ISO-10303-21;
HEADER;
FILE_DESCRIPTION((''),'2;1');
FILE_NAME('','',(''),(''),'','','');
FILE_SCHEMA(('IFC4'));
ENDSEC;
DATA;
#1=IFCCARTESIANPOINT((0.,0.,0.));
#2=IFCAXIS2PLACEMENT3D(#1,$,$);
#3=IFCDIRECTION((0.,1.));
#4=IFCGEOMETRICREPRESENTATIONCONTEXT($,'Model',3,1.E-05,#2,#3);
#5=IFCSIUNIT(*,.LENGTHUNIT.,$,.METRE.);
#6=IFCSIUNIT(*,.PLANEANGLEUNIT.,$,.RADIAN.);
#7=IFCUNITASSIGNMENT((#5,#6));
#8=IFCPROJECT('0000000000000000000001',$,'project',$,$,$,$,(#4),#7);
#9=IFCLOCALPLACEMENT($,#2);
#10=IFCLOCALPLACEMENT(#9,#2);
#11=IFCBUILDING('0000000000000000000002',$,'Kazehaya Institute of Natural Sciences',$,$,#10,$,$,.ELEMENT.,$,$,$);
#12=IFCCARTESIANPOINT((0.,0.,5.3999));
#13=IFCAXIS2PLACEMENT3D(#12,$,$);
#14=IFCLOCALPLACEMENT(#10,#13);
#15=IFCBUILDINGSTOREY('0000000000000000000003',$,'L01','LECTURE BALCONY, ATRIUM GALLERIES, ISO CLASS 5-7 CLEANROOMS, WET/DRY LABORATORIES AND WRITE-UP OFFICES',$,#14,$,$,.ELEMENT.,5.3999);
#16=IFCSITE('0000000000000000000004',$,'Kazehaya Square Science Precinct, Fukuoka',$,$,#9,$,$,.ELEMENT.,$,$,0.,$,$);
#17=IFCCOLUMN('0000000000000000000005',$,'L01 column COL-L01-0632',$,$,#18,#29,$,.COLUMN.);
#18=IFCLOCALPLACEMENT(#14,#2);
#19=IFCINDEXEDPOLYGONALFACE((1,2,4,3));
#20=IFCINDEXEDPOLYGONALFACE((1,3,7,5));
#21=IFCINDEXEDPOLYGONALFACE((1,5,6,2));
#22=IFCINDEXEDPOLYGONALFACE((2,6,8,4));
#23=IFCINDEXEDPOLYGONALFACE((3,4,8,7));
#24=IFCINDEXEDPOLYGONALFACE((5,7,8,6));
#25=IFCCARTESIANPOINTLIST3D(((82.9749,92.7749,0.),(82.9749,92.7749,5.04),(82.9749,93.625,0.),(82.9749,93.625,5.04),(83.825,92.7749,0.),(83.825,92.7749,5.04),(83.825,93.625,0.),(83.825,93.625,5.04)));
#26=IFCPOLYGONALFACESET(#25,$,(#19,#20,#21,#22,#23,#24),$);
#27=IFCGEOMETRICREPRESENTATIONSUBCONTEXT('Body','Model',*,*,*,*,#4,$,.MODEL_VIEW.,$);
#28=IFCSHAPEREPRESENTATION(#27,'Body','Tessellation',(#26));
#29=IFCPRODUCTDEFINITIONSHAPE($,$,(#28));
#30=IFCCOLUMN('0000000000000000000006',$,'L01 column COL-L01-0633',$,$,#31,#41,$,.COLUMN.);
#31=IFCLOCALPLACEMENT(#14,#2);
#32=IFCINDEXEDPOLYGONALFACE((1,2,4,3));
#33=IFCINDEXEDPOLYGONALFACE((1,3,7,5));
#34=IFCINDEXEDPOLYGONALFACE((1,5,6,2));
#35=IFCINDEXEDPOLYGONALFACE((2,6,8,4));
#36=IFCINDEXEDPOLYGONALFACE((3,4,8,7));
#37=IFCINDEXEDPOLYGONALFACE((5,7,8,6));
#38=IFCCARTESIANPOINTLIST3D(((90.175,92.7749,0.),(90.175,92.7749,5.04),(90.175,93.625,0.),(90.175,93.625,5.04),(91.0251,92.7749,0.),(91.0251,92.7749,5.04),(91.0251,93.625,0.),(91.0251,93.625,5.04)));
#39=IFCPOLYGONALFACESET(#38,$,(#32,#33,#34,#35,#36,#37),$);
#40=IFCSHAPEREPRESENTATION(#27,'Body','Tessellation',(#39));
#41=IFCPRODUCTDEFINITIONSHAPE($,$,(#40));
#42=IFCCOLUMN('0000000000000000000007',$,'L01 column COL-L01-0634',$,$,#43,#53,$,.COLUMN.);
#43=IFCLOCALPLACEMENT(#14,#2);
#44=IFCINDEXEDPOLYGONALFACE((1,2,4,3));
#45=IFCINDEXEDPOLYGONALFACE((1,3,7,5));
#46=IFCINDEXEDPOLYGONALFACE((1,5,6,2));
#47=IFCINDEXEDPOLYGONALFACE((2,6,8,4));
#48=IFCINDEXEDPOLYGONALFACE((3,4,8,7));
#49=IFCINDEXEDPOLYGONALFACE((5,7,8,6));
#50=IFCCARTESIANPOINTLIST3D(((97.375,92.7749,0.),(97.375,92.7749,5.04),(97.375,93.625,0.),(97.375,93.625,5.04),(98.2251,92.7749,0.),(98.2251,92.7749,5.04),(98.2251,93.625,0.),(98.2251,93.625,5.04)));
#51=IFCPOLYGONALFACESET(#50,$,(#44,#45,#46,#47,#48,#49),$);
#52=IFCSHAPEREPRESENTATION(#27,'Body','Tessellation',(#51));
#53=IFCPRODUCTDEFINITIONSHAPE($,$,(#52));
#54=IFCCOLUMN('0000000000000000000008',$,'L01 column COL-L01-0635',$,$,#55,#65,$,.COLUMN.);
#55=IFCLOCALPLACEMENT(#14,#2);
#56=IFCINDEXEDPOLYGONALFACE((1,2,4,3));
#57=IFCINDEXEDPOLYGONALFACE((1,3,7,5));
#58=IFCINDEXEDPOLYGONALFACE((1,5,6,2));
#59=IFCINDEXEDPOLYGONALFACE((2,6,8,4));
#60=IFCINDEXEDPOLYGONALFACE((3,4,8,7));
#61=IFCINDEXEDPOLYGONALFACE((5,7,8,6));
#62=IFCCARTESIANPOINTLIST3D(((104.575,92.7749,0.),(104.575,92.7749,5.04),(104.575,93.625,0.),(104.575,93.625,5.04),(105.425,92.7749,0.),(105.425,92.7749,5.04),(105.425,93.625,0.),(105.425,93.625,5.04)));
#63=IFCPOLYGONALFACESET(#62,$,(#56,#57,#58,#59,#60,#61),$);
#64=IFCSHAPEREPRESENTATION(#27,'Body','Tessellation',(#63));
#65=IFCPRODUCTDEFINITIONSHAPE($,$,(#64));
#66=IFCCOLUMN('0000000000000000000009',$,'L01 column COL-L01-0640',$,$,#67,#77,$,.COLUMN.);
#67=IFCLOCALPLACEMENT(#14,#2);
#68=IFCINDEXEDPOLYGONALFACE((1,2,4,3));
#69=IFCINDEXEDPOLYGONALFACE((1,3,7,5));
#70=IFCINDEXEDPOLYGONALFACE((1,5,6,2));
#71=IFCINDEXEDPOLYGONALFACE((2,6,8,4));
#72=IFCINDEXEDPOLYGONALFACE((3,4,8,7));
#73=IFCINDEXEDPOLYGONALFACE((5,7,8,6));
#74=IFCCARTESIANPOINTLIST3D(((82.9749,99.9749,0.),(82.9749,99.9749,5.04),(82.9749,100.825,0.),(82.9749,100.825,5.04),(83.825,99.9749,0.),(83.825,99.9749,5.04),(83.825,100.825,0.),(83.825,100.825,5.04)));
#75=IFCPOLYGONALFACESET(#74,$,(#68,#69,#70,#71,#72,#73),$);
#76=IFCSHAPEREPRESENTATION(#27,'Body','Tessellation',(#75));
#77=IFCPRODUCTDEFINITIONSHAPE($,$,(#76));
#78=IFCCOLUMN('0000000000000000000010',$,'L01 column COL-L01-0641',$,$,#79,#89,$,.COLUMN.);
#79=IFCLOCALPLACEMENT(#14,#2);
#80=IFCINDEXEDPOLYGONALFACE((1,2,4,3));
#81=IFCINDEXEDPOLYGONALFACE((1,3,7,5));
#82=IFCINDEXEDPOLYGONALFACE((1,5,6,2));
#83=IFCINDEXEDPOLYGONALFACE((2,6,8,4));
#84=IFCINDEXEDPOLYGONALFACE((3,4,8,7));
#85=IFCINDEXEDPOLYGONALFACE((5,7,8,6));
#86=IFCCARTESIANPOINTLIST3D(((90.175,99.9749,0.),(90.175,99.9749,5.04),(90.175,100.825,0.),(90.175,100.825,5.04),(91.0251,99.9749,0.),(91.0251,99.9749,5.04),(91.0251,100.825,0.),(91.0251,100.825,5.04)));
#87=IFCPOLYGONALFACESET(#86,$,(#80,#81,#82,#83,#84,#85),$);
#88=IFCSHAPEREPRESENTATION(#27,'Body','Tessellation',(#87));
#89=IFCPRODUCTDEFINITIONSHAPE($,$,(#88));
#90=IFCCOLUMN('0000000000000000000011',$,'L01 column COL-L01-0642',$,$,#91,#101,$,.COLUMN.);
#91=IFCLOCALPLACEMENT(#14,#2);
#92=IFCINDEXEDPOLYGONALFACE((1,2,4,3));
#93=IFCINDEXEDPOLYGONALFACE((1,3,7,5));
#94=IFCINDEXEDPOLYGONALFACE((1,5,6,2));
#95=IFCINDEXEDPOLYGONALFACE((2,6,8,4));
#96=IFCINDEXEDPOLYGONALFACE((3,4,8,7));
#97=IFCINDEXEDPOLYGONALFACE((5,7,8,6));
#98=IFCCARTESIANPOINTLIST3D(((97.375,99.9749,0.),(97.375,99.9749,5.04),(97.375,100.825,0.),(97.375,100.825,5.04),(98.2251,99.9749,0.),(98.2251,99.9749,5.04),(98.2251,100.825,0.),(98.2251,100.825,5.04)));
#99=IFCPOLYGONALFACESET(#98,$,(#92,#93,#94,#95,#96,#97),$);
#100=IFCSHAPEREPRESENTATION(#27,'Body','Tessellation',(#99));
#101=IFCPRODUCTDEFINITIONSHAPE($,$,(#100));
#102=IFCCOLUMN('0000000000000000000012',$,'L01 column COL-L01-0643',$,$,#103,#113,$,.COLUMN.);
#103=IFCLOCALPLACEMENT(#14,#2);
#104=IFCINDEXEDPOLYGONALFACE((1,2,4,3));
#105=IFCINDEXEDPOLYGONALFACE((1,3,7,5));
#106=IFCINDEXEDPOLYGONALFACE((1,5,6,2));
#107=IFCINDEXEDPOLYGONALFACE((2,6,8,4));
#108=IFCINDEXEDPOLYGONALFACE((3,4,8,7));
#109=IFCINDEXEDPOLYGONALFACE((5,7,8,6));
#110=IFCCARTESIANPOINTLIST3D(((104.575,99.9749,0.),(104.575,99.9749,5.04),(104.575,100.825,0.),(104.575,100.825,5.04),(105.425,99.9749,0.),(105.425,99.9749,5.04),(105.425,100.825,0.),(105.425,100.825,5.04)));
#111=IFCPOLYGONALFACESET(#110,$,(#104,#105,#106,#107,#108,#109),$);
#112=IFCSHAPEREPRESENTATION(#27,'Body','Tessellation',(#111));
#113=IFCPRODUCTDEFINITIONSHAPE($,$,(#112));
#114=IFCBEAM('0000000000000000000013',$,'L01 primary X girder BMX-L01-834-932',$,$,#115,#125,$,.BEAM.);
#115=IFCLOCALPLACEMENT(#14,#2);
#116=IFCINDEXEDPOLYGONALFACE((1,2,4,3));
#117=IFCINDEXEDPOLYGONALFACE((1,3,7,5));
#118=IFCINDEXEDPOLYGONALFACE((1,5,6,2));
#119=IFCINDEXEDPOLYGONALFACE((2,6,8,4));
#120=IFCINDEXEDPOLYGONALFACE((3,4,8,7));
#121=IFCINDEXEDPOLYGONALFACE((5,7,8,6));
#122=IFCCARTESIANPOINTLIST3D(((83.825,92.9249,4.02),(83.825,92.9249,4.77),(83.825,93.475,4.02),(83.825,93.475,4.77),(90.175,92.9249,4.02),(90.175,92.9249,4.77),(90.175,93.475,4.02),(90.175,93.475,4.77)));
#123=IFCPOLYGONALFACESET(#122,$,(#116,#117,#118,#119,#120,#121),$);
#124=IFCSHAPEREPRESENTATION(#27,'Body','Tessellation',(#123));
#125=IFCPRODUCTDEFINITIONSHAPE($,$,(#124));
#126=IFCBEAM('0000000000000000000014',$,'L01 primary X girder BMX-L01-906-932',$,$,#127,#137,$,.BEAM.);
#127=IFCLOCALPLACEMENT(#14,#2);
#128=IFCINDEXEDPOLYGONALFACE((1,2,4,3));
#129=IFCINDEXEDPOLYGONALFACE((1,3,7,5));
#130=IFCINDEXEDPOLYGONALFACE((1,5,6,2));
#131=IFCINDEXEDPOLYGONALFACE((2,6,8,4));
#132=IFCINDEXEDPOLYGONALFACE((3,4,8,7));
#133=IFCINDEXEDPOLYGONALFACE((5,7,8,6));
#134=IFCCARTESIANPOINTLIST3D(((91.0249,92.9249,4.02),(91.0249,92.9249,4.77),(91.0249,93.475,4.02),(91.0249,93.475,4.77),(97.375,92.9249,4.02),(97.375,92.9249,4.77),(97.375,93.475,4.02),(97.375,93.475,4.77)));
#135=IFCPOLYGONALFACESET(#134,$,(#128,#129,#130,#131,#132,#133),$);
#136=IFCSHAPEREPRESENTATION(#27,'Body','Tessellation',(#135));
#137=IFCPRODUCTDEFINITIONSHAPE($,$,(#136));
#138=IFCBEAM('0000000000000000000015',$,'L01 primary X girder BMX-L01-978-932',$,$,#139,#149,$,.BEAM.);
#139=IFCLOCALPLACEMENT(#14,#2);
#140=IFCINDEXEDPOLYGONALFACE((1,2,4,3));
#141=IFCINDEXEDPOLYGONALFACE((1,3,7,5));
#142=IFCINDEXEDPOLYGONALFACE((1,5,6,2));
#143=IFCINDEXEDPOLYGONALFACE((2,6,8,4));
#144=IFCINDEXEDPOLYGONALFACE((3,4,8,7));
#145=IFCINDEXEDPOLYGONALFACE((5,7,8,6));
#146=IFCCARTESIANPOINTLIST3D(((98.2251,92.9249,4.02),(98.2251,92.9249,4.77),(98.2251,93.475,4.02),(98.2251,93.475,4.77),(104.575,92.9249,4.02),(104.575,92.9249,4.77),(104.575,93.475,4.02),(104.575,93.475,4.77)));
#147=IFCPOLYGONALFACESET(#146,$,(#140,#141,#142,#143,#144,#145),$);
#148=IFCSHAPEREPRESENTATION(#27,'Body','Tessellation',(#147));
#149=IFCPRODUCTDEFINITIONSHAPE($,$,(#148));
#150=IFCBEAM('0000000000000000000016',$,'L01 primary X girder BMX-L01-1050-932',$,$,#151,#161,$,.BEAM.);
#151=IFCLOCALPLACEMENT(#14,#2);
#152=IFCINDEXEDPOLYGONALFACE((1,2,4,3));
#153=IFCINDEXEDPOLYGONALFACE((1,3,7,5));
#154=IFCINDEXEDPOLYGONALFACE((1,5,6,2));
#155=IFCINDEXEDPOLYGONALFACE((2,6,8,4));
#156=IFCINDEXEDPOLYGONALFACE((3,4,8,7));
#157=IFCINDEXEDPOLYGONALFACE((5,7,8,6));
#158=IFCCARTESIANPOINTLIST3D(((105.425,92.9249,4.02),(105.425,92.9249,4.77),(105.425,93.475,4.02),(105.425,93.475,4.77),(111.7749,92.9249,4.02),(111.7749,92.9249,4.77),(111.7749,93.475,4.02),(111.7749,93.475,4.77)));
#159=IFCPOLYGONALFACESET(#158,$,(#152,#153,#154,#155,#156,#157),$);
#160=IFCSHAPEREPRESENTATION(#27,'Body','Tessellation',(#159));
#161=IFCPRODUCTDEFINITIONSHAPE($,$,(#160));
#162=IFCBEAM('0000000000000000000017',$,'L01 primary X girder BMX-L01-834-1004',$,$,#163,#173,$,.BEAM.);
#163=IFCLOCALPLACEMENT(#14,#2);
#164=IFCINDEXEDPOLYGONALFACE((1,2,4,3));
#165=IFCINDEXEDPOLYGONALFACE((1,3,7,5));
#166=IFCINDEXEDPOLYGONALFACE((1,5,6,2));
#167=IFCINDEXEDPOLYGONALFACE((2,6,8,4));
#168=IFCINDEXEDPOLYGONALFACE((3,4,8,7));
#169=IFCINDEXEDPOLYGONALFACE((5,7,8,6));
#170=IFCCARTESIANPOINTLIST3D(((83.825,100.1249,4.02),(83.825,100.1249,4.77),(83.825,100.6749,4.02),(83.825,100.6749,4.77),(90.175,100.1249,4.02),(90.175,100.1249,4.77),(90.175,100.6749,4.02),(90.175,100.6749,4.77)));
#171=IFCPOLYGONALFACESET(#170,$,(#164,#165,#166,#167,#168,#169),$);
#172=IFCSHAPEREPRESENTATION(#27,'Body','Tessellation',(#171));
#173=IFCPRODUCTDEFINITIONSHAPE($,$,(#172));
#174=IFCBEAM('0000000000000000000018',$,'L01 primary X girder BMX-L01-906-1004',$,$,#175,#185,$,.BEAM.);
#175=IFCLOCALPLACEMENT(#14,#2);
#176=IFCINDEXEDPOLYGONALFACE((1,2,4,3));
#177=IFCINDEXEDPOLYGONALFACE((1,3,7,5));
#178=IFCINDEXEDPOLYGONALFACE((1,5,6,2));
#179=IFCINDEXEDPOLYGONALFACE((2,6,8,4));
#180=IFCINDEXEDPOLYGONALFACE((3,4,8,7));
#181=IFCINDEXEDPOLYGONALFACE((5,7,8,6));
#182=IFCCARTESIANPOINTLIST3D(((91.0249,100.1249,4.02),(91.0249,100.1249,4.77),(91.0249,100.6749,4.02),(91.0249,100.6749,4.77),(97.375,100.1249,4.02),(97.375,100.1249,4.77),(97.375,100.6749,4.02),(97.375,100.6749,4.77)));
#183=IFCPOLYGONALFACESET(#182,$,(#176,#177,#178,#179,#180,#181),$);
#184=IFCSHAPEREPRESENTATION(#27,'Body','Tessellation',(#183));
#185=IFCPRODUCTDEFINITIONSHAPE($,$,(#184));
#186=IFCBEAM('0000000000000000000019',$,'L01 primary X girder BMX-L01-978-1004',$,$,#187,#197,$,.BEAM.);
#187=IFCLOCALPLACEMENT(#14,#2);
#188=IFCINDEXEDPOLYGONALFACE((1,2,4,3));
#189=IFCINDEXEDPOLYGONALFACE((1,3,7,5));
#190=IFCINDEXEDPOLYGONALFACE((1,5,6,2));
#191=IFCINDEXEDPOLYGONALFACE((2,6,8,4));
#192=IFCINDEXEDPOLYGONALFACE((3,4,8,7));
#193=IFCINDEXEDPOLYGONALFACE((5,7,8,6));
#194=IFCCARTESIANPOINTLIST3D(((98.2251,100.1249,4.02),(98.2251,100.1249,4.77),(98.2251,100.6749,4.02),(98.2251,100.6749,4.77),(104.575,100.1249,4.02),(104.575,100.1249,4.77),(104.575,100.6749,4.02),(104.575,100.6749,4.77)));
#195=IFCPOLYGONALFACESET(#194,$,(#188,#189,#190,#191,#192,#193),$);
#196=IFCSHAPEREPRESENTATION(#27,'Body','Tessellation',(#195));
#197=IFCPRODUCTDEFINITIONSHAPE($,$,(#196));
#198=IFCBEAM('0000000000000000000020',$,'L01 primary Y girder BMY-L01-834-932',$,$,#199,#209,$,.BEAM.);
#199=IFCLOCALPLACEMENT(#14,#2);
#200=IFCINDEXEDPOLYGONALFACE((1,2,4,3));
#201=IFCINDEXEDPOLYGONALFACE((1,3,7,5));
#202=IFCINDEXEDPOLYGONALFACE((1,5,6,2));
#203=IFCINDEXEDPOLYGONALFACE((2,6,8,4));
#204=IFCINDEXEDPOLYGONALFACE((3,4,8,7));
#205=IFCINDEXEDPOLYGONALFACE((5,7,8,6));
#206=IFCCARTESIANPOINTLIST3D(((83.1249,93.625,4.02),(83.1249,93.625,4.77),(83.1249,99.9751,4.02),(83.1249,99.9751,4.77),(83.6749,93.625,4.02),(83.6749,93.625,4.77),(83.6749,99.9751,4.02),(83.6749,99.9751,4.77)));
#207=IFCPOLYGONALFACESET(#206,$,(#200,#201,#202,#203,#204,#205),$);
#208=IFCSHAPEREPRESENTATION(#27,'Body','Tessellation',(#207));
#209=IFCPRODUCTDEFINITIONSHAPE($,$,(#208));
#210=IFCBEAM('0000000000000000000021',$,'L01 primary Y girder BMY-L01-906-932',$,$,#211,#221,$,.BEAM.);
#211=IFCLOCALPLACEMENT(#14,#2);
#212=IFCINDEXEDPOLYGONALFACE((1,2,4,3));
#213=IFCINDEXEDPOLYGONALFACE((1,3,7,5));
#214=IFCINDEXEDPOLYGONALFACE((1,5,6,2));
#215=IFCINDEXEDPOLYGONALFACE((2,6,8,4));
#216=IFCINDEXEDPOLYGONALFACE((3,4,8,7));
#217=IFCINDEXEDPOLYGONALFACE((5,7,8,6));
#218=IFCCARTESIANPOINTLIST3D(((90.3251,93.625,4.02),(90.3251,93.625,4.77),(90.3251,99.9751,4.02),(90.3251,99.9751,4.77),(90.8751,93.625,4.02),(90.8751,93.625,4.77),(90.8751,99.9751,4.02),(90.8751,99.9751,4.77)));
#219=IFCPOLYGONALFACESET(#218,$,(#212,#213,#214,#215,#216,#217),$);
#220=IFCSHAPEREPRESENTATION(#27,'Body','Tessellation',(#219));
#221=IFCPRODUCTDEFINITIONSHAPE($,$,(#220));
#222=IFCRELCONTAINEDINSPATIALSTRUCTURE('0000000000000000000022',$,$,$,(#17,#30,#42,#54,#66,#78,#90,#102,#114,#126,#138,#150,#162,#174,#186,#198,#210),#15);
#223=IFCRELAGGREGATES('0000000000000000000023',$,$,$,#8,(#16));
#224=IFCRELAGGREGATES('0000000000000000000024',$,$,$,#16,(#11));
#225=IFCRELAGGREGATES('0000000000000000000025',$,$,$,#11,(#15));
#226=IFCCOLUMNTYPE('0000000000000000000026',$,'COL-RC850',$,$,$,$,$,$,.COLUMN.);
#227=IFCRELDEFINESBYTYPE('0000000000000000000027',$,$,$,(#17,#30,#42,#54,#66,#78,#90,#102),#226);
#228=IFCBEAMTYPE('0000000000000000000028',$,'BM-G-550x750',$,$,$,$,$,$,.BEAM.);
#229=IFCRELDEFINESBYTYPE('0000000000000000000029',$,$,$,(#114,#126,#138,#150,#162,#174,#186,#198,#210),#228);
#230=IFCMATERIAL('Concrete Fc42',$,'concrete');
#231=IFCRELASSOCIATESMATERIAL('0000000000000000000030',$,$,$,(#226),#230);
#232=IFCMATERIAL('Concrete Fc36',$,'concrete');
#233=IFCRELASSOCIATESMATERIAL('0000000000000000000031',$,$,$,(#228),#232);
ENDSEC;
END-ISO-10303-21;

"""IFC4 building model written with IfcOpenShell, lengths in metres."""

from ifc_helpers import new_model, si_unit, direction, frame, origin, origin_2d, place, context, subcontext, project, spatial, rectangle, extrude, material, material_profile, profile_set, type_object, element, save


model = new_model("IFC4")

# Units and contexts
model_context = context("Model", 3, precision=1e-05, world=origin(), true_north=direction((0.0, 1.0)))
body_context = subcontext(model_context, "Body", "Model", "MODEL_VIEW")
ifc_project = project(units=[si_unit("LENGTHUNIT", "METRE"), si_unit("PLANEANGLEUNIT", "RADIAN")], contexts=[model_context])

# Site, building, storey
site_placement = place(None, origin())
site = spatial("IfcSite", under=ifc_project, at=site_placement, Name="Kazehaya Square Science Precinct, Fukuoka", CompositionType="ELEMENT", RefElevation=0.0)
building_placement = place(site_placement, origin())
building = spatial("IfcBuilding", under=site, at=building_placement, Name="Kazehaya Institute of Natural Sciences", CompositionType="ELEMENT")
storey_placement = place(building_placement, frame((0.0, 0.0, 5.3999)))
storey = spatial("IfcBuildingStorey", under=building, at=storey_placement, Name="L01", Description="LECTURE BALCONY, ATRIUM GALLERIES, ISO CLASS 5-7 CLEANROOMS, WET/DRY LABORATORIES AND WRITE-UP OFFICES", CompositionType="ELEMENT", Elevation=5.3999)

# Columns
ifc_material_1 = material(Name="Concrete Fc42", Category="concrete")
ifc_material_profile_1 = material_profile(ifc_material_1, rectangle(XDim=0.8501, YDim=0.8501, at=origin_2d()), Name="RC-850x850")
ifc_profile_set_1 = profile_set([ifc_material_profile_1], Name="Concrete Fc42")
column_type = type_object("IfcColumnType", Name="COL-RC850", PredefinedType="COLUMN", material=ifc_profile_set_1)
for number, where, z_axis, x_axis, name in (
    (1, (83.3999, 93.2, 0.0), (0.0, 0.0, 1.0), (1.0, 0.0, 0.0), "L01 column COL-L01-0632"),
    (2, (90.6001, 93.2, 0.0), (0.0, 0.0, 1.0), (1.0, 0.0, 0.0), "L01 column COL-L01-0633"),
    (3, (97.8, 93.2, 0.0), (0.0, 0.0, 1.0), (1.0, 0.0, 0.0), "L01 column COL-L01-0634"),
    (4, (105.0, 93.2, 0.0), (0.0, 0.0, 1.0), (1.0, 0.0, 0.0), "L01 column COL-L01-0635"),
    (5, (83.3999, 100.3999, 0.0), (0.0, 0.0, 1.0), (1.0, 0.0, 0.0), "L01 column COL-L01-0640"),
    (6, (90.6001, 100.3999, 0.0), (0.0, 0.0, 1.0), (1.0, 0.0, 0.0), "L01 column COL-L01-0641"),
    (7, (97.8, 100.3999, 0.0), (0.0, 0.0, 1.0), (1.0, 0.0, 0.0), "L01 column COL-L01-0642"),
    (8, (105.0, 100.3999, 0.0), (0.0, 0.0, 1.0), (1.0, 0.0, 0.0), "L01 column COL-L01-0643"),
):
    element("IfcColumn", number, at=place(storey_placement, frame(where, z_axis=z_axis, x_axis=x_axis)), inside=storey, type_object=column_type, Name=name, PredefinedType="COLUMN", context=body_context, shape_type="SweptSolid", body=[
        extrude(rectangle(XDim=0.8501, YDim=0.8501, at=origin_2d()), origin(), (0.0, 0.0, 1.0), 5.04),
    ])

# Beams
ifc_material_2 = material(Name="Concrete Fc36", Category="concrete")
ifc_material_profile_2 = material_profile(ifc_material_2, rectangle(XDim=0.55, YDim=0.75, at=origin_2d()), Name="RC-550x750")
ifc_profile_set_2 = profile_set([ifc_material_profile_2], Name="Concrete Fc36")
beam_type = type_object("IfcBeamType", Name="BM-G-550x750", PredefinedType="BEAM", material=ifc_profile_set_2)
for number, where, z_axis, x_axis, name in (
    (9, (83.825, 93.2, 4.395), (1.0, 0.0, 0.0), (0.0, 1.0, 0.0), "L01 primary X girder BMX-L01-834-932"),
    (10, (91.0249, 93.2, 4.395), (1.0, 0.0, 0.0), (0.0, 1.0, 0.0), "L01 primary X girder BMX-L01-906-932"),
):
    element("IfcBeam", number, at=place(storey_placement, frame(where, z_axis=z_axis, x_axis=x_axis)), inside=storey, type_object=beam_type, Name=name, PredefinedType="BEAM", context=body_context, shape_type="SweptSolid", body=[
        extrude(rectangle(XDim=0.55, YDim=0.75, at=origin_2d()), origin(), (0.0, 0.0, 1.0), 6.3501),
    ])
for number, where, z_axis, x_axis, name in (
    (11, (98.2251, 93.2, 4.395), (1.0, 0.0, 0.0), (0.0, 1.0, 0.0), "L01 primary X girder BMX-L01-978-932"),
    (12, (105.425, 93.2, 4.395), (1.0, 0.0, 0.0), (0.0, 1.0, 0.0), "L01 primary X girder BMX-L01-1050-932"),
):
    element("IfcBeam", number, at=place(storey_placement, frame(where, z_axis=z_axis, x_axis=x_axis)), inside=storey, type_object=beam_type, Name=name, PredefinedType="BEAM", context=body_context, shape_type="SweptSolid", body=[
        extrude(rectangle(XDim=0.55, YDim=0.75, at=origin_2d()), origin(), (0.0, 0.0, 1.0), 6.3499),
    ])
for number, where, z_axis, x_axis, name in (
    (13, (83.825, 100.3999, 4.395), (1.0, 0.0, 0.0), (0.0, 1.0, 0.0), "L01 primary X girder BMX-L01-834-1004"),
    (14, (91.0249, 100.3999, 4.395), (1.0, 0.0, 0.0), (0.0, 1.0, 0.0), "L01 primary X girder BMX-L01-906-1004"),
):
    element("IfcBeam", number, at=place(storey_placement, frame(where, z_axis=z_axis, x_axis=x_axis)), inside=storey, type_object=beam_type, Name=name, PredefinedType="BEAM", context=body_context, shape_type="SweptSolid", body=[
        extrude(rectangle(XDim=0.55, YDim=0.75, at=origin_2d()), origin(), (0.0, 0.0, 1.0), 6.3501),
    ])
beam_1_placement = place(storey_placement, frame((98.2251, 100.3999, 4.395), z_axis=(1.0, 0.0, 0.0), x_axis=(0.0, 1.0, 0.0)))
element("IfcBeam", 15, at=beam_1_placement, inside=storey, type_object=beam_type, Name="L01 primary X girder BMX-L01-978-1004", PredefinedType="BEAM", context=body_context, shape_type="SweptSolid", body=[
    extrude(rectangle(XDim=0.55, YDim=0.75, at=origin_2d()), origin(), (0.0, 0.0, 1.0), 6.3499),
])
for number, where, z_axis, x_axis, name in (
    (16, (83.3999, 93.625, 4.395), (0.0, 1.0, 0.0), (-1.0, 0.0, 0.0), "L01 primary Y girder BMY-L01-834-932"),
    (17, (90.6001, 93.625, 4.395), (0.0, 1.0, 0.0), (-1.0, 0.0, 0.0), "L01 primary Y girder BMY-L01-906-932"),
):
    element("IfcBeam", number, at=place(storey_placement, frame(where, z_axis=z_axis, x_axis=x_axis)), inside=storey, type_object=beam_type, Name=name, PredefinedType="BEAM", context=body_context, shape_type="SweptSolid", body=[
        extrude(rectangle(XDim=0.55, YDim=0.75, at=origin_2d()), origin(), (0.0, 0.0, 1.0), 6.3501),
    ])

save(model, "model.ifc")
